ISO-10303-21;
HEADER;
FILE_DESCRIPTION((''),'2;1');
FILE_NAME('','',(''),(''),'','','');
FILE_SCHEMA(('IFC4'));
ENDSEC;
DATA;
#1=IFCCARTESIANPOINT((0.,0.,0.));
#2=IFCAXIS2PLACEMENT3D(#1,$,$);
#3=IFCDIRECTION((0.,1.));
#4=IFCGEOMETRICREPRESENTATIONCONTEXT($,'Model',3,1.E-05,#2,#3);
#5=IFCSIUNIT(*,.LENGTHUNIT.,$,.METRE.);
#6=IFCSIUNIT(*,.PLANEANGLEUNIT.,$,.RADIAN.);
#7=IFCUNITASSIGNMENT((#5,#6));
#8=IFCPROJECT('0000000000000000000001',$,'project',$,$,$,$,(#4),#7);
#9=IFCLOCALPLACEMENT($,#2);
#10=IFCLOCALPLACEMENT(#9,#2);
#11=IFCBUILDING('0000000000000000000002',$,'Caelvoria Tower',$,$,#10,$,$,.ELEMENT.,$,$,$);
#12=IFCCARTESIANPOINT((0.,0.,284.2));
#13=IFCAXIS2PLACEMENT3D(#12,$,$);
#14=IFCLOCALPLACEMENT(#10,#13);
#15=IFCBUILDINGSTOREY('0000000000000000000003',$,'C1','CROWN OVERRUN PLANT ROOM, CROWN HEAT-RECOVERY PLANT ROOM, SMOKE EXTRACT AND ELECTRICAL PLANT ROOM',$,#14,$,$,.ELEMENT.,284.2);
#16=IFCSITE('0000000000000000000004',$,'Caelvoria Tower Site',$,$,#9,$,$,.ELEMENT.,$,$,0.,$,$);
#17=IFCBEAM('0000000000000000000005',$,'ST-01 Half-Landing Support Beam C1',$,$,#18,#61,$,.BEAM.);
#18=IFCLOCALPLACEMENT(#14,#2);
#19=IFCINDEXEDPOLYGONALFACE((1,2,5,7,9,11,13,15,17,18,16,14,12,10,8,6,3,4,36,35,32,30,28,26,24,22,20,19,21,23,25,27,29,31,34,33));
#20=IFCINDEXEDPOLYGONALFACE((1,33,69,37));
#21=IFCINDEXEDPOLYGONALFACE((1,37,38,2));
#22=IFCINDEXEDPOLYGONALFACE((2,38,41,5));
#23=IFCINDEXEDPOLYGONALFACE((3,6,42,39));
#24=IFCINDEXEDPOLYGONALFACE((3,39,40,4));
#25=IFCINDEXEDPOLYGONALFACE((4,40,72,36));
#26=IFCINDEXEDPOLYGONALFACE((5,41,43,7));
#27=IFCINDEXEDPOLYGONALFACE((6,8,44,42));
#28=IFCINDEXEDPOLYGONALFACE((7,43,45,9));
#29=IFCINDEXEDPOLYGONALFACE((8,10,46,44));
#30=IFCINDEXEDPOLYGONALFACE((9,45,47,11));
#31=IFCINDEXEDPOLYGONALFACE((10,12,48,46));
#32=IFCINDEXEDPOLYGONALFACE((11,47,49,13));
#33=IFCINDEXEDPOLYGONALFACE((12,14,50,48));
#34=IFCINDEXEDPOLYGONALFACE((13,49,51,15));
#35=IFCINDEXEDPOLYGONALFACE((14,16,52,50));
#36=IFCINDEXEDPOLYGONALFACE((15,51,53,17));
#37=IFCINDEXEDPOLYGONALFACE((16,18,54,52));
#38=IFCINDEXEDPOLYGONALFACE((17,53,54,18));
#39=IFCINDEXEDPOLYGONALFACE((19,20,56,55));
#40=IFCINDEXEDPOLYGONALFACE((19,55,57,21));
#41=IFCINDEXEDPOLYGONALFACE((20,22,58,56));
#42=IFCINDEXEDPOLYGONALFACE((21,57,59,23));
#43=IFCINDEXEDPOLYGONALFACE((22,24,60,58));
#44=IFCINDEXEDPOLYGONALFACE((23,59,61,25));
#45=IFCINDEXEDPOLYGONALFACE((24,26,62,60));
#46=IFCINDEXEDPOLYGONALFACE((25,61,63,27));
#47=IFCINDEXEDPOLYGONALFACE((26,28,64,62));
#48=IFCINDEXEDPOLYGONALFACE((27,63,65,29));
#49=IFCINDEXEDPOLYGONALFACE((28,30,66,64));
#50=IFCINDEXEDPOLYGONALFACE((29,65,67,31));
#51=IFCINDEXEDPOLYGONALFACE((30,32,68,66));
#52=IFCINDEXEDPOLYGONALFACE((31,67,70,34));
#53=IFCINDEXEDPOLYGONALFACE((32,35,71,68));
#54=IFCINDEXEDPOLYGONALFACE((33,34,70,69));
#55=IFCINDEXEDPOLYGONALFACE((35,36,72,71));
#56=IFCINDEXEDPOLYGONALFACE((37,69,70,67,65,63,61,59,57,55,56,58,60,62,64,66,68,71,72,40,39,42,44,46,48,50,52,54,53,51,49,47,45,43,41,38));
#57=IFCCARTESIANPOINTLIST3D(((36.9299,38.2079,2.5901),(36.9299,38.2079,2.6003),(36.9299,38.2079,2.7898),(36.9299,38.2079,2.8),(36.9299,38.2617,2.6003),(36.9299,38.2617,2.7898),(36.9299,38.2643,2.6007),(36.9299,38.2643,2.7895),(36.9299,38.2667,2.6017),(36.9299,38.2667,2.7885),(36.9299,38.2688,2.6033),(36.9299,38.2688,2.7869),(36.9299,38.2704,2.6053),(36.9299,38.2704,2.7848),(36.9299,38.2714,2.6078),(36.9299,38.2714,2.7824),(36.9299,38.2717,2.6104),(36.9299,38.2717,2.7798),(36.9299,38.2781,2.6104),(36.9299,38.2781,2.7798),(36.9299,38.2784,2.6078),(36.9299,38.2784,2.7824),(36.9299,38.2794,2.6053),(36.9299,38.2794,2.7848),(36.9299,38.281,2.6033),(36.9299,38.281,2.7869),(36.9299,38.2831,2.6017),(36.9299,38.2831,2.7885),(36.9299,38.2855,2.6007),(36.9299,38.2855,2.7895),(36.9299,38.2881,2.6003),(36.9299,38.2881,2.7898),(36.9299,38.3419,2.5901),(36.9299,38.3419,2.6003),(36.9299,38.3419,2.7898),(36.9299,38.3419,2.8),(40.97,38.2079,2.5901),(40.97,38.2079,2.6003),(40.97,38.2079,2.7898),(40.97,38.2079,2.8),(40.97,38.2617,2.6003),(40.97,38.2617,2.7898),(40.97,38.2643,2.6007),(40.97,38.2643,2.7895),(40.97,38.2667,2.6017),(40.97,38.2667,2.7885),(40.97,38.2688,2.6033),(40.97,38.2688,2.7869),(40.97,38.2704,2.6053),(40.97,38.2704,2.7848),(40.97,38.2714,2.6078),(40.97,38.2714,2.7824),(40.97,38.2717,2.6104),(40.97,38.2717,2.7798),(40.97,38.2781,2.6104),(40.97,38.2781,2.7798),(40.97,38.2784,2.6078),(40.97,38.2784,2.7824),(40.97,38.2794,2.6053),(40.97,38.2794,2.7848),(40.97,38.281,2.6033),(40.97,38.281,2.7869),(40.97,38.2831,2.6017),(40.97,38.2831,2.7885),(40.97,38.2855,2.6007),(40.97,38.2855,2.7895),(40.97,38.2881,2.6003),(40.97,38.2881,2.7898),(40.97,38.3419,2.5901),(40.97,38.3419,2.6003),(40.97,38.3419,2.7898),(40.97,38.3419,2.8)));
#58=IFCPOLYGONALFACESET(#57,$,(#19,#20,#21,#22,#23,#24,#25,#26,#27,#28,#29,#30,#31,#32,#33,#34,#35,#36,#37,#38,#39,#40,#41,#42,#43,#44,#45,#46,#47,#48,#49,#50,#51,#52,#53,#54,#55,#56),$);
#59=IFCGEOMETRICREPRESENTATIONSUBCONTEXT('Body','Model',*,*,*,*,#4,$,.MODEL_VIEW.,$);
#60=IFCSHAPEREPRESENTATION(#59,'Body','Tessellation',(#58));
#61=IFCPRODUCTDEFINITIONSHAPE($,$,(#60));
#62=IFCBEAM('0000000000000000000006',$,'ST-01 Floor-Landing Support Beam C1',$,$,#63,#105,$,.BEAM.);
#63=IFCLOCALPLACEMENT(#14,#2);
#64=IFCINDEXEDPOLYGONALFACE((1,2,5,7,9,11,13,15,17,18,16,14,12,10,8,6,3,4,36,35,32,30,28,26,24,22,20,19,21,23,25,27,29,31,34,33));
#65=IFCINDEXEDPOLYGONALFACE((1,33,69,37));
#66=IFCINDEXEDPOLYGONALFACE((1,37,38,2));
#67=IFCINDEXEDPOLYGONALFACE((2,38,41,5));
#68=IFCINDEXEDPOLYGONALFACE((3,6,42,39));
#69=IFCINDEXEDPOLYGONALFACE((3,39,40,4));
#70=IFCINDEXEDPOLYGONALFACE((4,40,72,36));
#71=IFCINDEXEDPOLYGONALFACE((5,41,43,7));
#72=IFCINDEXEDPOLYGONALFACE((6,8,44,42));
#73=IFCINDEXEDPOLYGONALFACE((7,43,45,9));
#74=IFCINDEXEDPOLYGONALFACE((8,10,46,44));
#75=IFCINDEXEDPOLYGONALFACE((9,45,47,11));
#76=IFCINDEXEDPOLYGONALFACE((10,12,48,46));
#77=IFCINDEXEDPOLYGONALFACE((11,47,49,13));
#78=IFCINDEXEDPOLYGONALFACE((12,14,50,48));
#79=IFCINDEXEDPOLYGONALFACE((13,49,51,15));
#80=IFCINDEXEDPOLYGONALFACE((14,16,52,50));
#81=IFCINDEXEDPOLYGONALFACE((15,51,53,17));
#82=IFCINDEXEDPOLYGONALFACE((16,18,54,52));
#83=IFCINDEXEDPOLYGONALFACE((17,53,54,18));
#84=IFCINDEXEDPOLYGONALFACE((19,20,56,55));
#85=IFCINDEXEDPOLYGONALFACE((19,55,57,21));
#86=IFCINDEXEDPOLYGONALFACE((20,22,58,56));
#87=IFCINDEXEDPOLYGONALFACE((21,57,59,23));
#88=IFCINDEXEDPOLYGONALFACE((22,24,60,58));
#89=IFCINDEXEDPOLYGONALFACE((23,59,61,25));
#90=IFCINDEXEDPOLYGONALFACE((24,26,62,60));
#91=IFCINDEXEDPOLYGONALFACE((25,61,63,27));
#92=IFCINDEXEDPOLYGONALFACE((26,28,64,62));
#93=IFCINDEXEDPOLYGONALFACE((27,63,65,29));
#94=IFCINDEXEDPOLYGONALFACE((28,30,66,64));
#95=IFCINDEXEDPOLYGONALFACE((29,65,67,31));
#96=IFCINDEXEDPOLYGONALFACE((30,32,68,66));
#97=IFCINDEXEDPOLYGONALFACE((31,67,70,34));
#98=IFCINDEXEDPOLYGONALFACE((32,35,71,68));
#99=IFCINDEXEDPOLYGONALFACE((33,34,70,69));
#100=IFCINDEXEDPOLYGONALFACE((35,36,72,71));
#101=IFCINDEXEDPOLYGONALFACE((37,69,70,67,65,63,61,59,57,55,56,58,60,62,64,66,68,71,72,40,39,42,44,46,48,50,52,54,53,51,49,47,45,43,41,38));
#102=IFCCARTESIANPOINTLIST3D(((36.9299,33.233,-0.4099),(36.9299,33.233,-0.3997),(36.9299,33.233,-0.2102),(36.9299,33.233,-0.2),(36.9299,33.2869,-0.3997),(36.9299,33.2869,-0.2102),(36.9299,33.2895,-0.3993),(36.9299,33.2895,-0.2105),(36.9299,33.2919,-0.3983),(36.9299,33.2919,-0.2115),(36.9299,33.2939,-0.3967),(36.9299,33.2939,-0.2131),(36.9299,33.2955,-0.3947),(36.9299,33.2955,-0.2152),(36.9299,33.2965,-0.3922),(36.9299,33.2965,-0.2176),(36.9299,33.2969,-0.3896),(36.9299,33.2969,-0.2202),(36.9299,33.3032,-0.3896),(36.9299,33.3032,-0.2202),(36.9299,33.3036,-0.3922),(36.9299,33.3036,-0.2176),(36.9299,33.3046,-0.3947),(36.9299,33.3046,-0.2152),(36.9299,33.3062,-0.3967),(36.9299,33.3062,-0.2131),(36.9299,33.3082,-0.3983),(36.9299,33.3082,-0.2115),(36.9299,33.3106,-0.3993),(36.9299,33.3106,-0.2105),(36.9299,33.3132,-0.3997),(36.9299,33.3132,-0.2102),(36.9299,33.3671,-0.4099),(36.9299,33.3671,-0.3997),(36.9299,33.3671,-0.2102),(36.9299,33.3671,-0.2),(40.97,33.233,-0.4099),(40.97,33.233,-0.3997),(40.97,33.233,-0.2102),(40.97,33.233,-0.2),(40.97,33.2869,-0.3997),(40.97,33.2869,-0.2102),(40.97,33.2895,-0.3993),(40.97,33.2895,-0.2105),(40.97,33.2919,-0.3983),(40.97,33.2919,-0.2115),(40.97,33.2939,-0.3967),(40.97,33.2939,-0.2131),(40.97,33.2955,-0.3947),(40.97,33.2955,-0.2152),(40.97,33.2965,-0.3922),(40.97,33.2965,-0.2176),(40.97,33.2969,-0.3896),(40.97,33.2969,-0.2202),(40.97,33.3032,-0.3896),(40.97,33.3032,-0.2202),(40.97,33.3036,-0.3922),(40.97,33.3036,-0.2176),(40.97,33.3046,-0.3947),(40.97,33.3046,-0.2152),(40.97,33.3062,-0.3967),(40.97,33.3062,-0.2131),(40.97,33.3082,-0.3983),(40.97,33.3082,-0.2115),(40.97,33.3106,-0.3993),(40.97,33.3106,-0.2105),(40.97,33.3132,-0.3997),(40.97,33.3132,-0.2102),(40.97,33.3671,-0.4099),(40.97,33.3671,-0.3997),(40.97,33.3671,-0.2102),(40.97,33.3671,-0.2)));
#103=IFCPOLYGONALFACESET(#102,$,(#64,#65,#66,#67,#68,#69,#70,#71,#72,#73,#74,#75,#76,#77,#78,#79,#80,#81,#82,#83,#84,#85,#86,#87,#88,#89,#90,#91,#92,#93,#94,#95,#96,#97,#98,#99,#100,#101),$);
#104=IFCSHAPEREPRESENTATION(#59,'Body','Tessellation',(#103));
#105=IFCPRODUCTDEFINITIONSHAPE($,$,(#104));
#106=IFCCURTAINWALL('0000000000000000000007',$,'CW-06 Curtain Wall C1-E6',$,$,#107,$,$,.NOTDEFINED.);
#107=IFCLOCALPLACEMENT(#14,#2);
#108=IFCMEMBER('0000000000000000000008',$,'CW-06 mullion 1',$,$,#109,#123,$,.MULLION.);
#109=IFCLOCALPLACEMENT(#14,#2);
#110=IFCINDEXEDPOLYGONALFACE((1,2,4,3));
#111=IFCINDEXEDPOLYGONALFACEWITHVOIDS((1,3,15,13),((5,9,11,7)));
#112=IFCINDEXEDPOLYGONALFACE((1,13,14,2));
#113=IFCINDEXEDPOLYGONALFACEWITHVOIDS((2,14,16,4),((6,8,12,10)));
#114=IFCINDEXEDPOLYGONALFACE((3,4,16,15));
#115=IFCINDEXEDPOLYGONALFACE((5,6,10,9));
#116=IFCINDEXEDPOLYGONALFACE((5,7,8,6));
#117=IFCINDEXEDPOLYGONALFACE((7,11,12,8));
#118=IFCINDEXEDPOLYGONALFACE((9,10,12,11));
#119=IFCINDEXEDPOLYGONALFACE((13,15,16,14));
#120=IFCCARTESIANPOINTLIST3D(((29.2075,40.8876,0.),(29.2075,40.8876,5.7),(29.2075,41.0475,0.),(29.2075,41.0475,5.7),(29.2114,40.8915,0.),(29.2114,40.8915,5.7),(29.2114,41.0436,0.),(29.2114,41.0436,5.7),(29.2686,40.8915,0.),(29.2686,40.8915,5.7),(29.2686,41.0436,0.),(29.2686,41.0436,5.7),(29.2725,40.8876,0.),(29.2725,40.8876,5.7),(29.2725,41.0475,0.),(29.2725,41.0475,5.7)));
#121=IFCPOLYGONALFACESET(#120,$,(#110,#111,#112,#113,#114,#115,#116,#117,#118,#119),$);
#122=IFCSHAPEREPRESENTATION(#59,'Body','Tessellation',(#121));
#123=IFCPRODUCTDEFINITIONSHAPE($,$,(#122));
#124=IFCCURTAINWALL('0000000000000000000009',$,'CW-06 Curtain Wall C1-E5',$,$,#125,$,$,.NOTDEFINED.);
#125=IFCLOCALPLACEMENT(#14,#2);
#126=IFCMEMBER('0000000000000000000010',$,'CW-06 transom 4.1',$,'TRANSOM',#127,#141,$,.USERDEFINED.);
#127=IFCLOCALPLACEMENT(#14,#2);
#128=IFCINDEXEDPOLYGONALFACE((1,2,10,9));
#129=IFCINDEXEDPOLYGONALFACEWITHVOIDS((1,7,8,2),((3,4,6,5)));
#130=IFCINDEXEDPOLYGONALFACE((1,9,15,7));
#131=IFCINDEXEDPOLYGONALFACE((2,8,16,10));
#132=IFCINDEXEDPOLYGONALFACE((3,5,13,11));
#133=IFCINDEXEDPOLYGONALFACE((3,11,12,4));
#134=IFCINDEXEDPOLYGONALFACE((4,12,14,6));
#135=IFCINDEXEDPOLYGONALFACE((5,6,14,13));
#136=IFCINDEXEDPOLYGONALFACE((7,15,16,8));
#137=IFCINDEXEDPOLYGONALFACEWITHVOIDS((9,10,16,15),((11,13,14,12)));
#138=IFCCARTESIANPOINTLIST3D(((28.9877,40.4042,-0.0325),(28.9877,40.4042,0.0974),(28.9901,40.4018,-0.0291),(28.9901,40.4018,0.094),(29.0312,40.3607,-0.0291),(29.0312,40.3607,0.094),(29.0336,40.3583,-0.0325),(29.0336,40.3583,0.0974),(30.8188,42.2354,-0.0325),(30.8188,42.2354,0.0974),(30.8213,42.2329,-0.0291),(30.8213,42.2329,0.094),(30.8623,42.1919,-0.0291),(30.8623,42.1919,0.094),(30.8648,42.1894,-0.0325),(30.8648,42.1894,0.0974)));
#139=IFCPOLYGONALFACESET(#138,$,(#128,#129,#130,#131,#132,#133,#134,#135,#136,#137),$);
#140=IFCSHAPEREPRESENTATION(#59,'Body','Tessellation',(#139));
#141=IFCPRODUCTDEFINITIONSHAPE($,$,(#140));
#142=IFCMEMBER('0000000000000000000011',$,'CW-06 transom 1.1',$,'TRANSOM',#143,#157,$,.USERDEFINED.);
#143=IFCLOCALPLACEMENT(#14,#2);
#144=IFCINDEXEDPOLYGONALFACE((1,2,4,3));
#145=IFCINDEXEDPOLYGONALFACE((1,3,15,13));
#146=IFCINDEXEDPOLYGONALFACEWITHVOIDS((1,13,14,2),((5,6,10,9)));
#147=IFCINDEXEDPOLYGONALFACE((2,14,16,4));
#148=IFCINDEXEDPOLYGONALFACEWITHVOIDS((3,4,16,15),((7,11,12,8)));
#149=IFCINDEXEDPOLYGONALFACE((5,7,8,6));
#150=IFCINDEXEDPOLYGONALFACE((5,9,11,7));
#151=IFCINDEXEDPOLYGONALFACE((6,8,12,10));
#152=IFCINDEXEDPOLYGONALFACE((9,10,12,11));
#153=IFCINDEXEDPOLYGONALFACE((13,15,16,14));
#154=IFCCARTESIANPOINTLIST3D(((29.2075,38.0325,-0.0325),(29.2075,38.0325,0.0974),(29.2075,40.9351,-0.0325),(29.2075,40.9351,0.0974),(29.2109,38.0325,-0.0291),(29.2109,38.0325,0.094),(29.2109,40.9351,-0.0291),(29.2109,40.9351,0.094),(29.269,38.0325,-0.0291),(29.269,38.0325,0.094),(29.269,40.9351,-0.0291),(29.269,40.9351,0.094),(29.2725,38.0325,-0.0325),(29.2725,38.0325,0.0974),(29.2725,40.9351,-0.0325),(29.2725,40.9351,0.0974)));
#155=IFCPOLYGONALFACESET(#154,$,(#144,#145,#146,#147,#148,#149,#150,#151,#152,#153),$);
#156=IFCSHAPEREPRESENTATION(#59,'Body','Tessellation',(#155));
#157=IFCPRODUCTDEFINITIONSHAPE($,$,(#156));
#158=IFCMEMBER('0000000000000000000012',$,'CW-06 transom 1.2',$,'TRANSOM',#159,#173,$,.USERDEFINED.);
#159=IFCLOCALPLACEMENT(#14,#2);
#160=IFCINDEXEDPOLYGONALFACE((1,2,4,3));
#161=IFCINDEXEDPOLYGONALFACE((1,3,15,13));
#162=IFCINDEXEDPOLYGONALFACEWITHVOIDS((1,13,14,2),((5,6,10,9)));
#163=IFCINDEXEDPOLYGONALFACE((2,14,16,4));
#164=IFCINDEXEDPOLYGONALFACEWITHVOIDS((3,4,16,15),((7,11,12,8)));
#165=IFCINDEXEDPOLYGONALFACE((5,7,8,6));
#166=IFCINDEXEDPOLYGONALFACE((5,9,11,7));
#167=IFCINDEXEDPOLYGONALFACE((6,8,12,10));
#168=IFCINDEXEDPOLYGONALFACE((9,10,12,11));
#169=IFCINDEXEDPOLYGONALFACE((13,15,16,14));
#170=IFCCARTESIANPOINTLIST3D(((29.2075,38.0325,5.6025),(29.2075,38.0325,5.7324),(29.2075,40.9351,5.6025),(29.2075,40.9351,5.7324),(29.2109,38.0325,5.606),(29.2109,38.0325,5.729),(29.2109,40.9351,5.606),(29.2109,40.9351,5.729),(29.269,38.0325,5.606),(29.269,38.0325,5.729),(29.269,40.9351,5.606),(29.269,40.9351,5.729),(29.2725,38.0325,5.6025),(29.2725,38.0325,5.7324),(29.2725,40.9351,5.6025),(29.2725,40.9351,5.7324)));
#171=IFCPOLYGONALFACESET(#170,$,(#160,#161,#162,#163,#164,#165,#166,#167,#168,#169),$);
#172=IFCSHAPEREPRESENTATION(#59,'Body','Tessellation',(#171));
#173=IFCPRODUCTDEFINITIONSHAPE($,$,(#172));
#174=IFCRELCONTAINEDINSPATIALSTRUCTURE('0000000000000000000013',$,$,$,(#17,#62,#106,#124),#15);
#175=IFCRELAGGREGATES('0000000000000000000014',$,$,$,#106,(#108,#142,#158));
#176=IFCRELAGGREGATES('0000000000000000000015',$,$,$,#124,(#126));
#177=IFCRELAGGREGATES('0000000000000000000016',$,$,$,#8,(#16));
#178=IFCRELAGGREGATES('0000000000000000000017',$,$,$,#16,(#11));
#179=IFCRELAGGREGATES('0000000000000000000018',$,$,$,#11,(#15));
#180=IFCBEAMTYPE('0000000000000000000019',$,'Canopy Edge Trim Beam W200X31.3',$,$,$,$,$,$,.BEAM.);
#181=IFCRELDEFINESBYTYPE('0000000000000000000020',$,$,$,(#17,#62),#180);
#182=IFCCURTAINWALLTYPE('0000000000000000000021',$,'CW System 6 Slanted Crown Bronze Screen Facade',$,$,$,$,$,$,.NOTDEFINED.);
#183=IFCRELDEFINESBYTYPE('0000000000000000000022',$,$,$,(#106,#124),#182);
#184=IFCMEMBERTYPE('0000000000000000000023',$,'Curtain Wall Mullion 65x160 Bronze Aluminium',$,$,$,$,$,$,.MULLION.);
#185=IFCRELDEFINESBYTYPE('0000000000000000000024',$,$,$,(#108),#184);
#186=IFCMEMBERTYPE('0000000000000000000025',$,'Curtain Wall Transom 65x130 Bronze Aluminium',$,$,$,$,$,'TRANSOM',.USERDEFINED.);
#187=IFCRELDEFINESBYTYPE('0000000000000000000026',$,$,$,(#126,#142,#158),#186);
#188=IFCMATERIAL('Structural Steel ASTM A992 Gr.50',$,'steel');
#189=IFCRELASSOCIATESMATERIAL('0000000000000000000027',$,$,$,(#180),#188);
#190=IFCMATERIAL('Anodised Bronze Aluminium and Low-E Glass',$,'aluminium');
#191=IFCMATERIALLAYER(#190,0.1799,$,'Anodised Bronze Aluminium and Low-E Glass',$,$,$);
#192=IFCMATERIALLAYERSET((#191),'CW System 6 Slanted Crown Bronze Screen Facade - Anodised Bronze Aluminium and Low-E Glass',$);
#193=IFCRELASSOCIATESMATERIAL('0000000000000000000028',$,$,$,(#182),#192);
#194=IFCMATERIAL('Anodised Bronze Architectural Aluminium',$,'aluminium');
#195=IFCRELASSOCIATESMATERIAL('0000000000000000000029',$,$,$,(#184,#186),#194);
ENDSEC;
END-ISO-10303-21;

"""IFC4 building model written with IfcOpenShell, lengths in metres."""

from ifc_helpers import new_model, si_unit, direction, frame, origin, origin_2d, place, context, subcontext, project, spatial, hollow_rectangle, i_section, extrude, material, layer, layer_set, material_profile, profile_set, type_object, element, aggregate, save


model = new_model("IFC4")

# Units and contexts
model_context = context("Model", 3, precision=1e-05, world=origin(), true_north=direction((0.0, 1.0)))
body_context = subcontext(model_context, "Body", "Model", "MODEL_VIEW")
ifc_project = project(units=[si_unit("LENGTHUNIT", "METRE"), si_unit("PLANEANGLEUNIT", "RADIAN")], contexts=[model_context])

# Site, building, storey
site_placement = place(None, origin())
site = spatial("IfcSite", under=ifc_project, at=site_placement, Name="Caelvoria Tower Site", CompositionType="ELEMENT", RefElevation=0.0)
building_placement = place(site_placement, origin())
building = spatial("IfcBuilding", under=site, at=building_placement, Name="Caelvoria Tower", CompositionType="ELEMENT")
storey_placement = place(building_placement, frame((0.0, 0.0, 284.2)))
storey = spatial("IfcBuildingStorey", under=building, at=storey_placement, Name="C1", Description="CROWN OVERRUN PLANT ROOM, CROWN HEAT-RECOVERY PLANT ROOM, SMOKE EXTRACT AND ELECTRICAL PLANT ROOM", CompositionType="ELEMENT", Elevation=284.2)

# Beams
ifc_material_1 = material(Name="Structural Steel ASTM A992 Gr.50", Category="steel")
ifc_material_profile_1 = material_profile(ifc_material_1, i_section(OverallWidth=0.134, OverallDepth=0.21, WebThickness=0.0063, FlangeThickness=0.0103, FilletRadius=0.01, at=origin_2d()), Name="Structural Steel ASTM A992 Gr.50")
ifc_profile_set_1 = profile_set([ifc_material_profile_1], Name="W200X31.3 - Structural Steel ASTM A992 Gr.50")
beam_type_1 = type_object("IfcBeamType", Name="Canopy Edge Trim Beam W200X31.3", PredefinedType="BEAM", material=ifc_profile_set_1)
for number, where, z_axis, x_axis, name in (
    (1, (36.9299, 38.2749, 2.6951), (1.0, 0.0, 0.0), (0.0, 1.0, 0.0), "ST-01 Half-Landing Support Beam C1"),
    (2, (36.9299, 33.3, -0.3049), (1.0, 0.0, 0.0), (0.0, 1.0, 0.0), "ST-01 Floor-Landing Support Beam C1"),
):
    element("IfcBeam", number, at=place(storey_placement, frame(where, z_axis=z_axis, x_axis=x_axis)), inside=storey, type_object=beam_type_1, Name=name, PredefinedType="BEAM", context=body_context, shape_type="SweptSolid", body=[
        extrude(i_section(OverallWidth=0.134, OverallDepth=0.21, WebThickness=0.0063, FlangeThickness=0.0103, FilletRadius=0.01, at=origin_2d()), origin(), (0.0, 0.0, 1.0), 4.04),
    ])

# Curtain walls, members
ifc_material_2 = material(Name="Anodised Bronze Aluminium and Low-E Glass", Category="aluminium")
ifc_layer_1 = layer(ifc_material_2, 0.1799, Name="Anodised Bronze Aluminium and Low-E Glass")
ifc_layer_set_1 = layer_set([ifc_layer_1], Name="CW System 6 Slanted Crown Bronze Screen Facade - Anodised Bronze Aluminium and Low-E Glass")
curtain_wall_type = type_object("IfcCurtainWallType", Name="CW System 6 Slanted Crown Bronze Screen Facade", PredefinedType="NOTDEFINED", material=ifc_layer_set_1)
curtain_wall_1_placement = place(storey_placement, origin())
curtain_wall_1 = element("IfcCurtainWall", 3, at=curtain_wall_1_placement, inside=storey, type_object=curtain_wall_type, Name="CW-06 Curtain Wall C1-E6", PredefinedType="NOTDEFINED")
ifc_material_3 = material(Name="Anodised Bronze Architectural Aluminium", Category="aluminium")
ifc_material_profile_2 = material_profile(ifc_material_3, hollow_rectangle(XDim=0.0649, YDim=0.1599, WallThickness=0.0039, at=origin_2d()), Name="Anodised Bronze Architectural Aluminium")
ifc_profile_set_2 = profile_set([ifc_material_profile_2], Name="CW_MULL_65X160 - Anodised Bronze Architectural Aluminium")
member_type_1 = type_object("IfcMemberType", Name="Curtain Wall Mullion 65x160 Bronze Aluminium", PredefinedType="MULLION", material=ifc_profile_set_2)
member_1_placement = place(storey_placement, frame((29.24, 40.9675, 0.0), z_axis=(0.0, 0.0, 1.0), x_axis=(1.0, 0.0, 0.0)))
member_1 = element("IfcMember", 4, at=member_1_placement, type_object=member_type_1, Name="CW-06 mullion 1", PredefinedType="MULLION", context=body_context, shape_type="SweptSolid", body=[
    extrude(hollow_rectangle(XDim=0.0649, YDim=0.1599, WallThickness=0.0039, at=origin_2d()), origin(), (0.0, 0.0, 1.0), 5.7),
])
curtain_wall_2_placement = place(storey_placement, origin())
curtain_wall_2 = element("IfcCurtainWall", 5, at=curtain_wall_2_placement, inside=storey, type_object=curtain_wall_type, Name="CW-06 Curtain Wall C1-E5", PredefinedType="NOTDEFINED")
ifc_material_profile_3 = material_profile(ifc_material_3, hollow_rectangle(XDim=0.0649, YDim=0.1299, WallThickness=0.0034, at=origin_2d()), Name="Anodised Bronze Architectural Aluminium")
ifc_profile_set_3 = profile_set([ifc_material_profile_3], Name="CW_TRAN_65X130 - Anodised Bronze Architectural Aluminium")
member_type_2 = type_object("IfcMemberType", Name="Curtain Wall Transom 65x130 Bronze Aluminium", ElementType="TRANSOM", PredefinedType="USERDEFINED", material=ifc_profile_set_3)
member_2_placement = place(storey_placement, frame((30.8418, 42.2124, 0.0325), z_axis=(-0.707107, -0.707107, 0.0), x_axis=(0.707107, -0.707107, 0.0)))
member_2 = element("IfcMember", 6, at=member_2_placement, type_object=member_type_2, Name="CW-06 transom 4.1", ObjectType="TRANSOM", PredefinedType="USERDEFINED", context=body_context, shape_type="SweptSolid", body=[
    extrude(hollow_rectangle(XDim=0.0649, YDim=0.1299, WallThickness=0.0034, at=origin_2d()), origin(), (0.0, 0.0, 1.0), 2.5896),
])

# Members
member_3_placement = place(storey_placement, frame((29.24, 40.9351, 0.0325), z_axis=(0.0, -1.0, 0.0), x_axis=(1.0, 0.0, 0.0)))
member_3 = element("IfcMember", 7, at=member_3_placement, type_object=member_type_2, Name="CW-06 transom 1.1", ObjectType="TRANSOM", PredefinedType="USERDEFINED", context=body_context, shape_type="SweptSolid", body=[
    extrude(hollow_rectangle(XDim=0.0649, YDim=0.1299, WallThickness=0.0034, at=origin_2d()), origin(), (0.0, 0.0, 1.0), 2.9026),
])
member_4_placement = place(storey_placement, frame((29.24, 40.9351, 5.6675), z_axis=(0.0, -1.0, 0.0), x_axis=(1.0, 0.0, 0.0)))
member_4 = element("IfcMember", 8, at=member_4_placement, type_object=member_type_2, Name="CW-06 transom 1.2", ObjectType="TRANSOM", PredefinedType="USERDEFINED", context=body_context, shape_type="SweptSolid", body=[
    extrude(hollow_rectangle(XDim=0.0649, YDim=0.1299, WallThickness=0.0034, at=origin_2d()), origin(), (0.0, 0.0, 1.0), 2.9026),
])
aggregate(curtain_wall_1, [member_1, member_3, member_4])

aggregate(curtain_wall_2, [member_2])

save(model, "model.ifc")
